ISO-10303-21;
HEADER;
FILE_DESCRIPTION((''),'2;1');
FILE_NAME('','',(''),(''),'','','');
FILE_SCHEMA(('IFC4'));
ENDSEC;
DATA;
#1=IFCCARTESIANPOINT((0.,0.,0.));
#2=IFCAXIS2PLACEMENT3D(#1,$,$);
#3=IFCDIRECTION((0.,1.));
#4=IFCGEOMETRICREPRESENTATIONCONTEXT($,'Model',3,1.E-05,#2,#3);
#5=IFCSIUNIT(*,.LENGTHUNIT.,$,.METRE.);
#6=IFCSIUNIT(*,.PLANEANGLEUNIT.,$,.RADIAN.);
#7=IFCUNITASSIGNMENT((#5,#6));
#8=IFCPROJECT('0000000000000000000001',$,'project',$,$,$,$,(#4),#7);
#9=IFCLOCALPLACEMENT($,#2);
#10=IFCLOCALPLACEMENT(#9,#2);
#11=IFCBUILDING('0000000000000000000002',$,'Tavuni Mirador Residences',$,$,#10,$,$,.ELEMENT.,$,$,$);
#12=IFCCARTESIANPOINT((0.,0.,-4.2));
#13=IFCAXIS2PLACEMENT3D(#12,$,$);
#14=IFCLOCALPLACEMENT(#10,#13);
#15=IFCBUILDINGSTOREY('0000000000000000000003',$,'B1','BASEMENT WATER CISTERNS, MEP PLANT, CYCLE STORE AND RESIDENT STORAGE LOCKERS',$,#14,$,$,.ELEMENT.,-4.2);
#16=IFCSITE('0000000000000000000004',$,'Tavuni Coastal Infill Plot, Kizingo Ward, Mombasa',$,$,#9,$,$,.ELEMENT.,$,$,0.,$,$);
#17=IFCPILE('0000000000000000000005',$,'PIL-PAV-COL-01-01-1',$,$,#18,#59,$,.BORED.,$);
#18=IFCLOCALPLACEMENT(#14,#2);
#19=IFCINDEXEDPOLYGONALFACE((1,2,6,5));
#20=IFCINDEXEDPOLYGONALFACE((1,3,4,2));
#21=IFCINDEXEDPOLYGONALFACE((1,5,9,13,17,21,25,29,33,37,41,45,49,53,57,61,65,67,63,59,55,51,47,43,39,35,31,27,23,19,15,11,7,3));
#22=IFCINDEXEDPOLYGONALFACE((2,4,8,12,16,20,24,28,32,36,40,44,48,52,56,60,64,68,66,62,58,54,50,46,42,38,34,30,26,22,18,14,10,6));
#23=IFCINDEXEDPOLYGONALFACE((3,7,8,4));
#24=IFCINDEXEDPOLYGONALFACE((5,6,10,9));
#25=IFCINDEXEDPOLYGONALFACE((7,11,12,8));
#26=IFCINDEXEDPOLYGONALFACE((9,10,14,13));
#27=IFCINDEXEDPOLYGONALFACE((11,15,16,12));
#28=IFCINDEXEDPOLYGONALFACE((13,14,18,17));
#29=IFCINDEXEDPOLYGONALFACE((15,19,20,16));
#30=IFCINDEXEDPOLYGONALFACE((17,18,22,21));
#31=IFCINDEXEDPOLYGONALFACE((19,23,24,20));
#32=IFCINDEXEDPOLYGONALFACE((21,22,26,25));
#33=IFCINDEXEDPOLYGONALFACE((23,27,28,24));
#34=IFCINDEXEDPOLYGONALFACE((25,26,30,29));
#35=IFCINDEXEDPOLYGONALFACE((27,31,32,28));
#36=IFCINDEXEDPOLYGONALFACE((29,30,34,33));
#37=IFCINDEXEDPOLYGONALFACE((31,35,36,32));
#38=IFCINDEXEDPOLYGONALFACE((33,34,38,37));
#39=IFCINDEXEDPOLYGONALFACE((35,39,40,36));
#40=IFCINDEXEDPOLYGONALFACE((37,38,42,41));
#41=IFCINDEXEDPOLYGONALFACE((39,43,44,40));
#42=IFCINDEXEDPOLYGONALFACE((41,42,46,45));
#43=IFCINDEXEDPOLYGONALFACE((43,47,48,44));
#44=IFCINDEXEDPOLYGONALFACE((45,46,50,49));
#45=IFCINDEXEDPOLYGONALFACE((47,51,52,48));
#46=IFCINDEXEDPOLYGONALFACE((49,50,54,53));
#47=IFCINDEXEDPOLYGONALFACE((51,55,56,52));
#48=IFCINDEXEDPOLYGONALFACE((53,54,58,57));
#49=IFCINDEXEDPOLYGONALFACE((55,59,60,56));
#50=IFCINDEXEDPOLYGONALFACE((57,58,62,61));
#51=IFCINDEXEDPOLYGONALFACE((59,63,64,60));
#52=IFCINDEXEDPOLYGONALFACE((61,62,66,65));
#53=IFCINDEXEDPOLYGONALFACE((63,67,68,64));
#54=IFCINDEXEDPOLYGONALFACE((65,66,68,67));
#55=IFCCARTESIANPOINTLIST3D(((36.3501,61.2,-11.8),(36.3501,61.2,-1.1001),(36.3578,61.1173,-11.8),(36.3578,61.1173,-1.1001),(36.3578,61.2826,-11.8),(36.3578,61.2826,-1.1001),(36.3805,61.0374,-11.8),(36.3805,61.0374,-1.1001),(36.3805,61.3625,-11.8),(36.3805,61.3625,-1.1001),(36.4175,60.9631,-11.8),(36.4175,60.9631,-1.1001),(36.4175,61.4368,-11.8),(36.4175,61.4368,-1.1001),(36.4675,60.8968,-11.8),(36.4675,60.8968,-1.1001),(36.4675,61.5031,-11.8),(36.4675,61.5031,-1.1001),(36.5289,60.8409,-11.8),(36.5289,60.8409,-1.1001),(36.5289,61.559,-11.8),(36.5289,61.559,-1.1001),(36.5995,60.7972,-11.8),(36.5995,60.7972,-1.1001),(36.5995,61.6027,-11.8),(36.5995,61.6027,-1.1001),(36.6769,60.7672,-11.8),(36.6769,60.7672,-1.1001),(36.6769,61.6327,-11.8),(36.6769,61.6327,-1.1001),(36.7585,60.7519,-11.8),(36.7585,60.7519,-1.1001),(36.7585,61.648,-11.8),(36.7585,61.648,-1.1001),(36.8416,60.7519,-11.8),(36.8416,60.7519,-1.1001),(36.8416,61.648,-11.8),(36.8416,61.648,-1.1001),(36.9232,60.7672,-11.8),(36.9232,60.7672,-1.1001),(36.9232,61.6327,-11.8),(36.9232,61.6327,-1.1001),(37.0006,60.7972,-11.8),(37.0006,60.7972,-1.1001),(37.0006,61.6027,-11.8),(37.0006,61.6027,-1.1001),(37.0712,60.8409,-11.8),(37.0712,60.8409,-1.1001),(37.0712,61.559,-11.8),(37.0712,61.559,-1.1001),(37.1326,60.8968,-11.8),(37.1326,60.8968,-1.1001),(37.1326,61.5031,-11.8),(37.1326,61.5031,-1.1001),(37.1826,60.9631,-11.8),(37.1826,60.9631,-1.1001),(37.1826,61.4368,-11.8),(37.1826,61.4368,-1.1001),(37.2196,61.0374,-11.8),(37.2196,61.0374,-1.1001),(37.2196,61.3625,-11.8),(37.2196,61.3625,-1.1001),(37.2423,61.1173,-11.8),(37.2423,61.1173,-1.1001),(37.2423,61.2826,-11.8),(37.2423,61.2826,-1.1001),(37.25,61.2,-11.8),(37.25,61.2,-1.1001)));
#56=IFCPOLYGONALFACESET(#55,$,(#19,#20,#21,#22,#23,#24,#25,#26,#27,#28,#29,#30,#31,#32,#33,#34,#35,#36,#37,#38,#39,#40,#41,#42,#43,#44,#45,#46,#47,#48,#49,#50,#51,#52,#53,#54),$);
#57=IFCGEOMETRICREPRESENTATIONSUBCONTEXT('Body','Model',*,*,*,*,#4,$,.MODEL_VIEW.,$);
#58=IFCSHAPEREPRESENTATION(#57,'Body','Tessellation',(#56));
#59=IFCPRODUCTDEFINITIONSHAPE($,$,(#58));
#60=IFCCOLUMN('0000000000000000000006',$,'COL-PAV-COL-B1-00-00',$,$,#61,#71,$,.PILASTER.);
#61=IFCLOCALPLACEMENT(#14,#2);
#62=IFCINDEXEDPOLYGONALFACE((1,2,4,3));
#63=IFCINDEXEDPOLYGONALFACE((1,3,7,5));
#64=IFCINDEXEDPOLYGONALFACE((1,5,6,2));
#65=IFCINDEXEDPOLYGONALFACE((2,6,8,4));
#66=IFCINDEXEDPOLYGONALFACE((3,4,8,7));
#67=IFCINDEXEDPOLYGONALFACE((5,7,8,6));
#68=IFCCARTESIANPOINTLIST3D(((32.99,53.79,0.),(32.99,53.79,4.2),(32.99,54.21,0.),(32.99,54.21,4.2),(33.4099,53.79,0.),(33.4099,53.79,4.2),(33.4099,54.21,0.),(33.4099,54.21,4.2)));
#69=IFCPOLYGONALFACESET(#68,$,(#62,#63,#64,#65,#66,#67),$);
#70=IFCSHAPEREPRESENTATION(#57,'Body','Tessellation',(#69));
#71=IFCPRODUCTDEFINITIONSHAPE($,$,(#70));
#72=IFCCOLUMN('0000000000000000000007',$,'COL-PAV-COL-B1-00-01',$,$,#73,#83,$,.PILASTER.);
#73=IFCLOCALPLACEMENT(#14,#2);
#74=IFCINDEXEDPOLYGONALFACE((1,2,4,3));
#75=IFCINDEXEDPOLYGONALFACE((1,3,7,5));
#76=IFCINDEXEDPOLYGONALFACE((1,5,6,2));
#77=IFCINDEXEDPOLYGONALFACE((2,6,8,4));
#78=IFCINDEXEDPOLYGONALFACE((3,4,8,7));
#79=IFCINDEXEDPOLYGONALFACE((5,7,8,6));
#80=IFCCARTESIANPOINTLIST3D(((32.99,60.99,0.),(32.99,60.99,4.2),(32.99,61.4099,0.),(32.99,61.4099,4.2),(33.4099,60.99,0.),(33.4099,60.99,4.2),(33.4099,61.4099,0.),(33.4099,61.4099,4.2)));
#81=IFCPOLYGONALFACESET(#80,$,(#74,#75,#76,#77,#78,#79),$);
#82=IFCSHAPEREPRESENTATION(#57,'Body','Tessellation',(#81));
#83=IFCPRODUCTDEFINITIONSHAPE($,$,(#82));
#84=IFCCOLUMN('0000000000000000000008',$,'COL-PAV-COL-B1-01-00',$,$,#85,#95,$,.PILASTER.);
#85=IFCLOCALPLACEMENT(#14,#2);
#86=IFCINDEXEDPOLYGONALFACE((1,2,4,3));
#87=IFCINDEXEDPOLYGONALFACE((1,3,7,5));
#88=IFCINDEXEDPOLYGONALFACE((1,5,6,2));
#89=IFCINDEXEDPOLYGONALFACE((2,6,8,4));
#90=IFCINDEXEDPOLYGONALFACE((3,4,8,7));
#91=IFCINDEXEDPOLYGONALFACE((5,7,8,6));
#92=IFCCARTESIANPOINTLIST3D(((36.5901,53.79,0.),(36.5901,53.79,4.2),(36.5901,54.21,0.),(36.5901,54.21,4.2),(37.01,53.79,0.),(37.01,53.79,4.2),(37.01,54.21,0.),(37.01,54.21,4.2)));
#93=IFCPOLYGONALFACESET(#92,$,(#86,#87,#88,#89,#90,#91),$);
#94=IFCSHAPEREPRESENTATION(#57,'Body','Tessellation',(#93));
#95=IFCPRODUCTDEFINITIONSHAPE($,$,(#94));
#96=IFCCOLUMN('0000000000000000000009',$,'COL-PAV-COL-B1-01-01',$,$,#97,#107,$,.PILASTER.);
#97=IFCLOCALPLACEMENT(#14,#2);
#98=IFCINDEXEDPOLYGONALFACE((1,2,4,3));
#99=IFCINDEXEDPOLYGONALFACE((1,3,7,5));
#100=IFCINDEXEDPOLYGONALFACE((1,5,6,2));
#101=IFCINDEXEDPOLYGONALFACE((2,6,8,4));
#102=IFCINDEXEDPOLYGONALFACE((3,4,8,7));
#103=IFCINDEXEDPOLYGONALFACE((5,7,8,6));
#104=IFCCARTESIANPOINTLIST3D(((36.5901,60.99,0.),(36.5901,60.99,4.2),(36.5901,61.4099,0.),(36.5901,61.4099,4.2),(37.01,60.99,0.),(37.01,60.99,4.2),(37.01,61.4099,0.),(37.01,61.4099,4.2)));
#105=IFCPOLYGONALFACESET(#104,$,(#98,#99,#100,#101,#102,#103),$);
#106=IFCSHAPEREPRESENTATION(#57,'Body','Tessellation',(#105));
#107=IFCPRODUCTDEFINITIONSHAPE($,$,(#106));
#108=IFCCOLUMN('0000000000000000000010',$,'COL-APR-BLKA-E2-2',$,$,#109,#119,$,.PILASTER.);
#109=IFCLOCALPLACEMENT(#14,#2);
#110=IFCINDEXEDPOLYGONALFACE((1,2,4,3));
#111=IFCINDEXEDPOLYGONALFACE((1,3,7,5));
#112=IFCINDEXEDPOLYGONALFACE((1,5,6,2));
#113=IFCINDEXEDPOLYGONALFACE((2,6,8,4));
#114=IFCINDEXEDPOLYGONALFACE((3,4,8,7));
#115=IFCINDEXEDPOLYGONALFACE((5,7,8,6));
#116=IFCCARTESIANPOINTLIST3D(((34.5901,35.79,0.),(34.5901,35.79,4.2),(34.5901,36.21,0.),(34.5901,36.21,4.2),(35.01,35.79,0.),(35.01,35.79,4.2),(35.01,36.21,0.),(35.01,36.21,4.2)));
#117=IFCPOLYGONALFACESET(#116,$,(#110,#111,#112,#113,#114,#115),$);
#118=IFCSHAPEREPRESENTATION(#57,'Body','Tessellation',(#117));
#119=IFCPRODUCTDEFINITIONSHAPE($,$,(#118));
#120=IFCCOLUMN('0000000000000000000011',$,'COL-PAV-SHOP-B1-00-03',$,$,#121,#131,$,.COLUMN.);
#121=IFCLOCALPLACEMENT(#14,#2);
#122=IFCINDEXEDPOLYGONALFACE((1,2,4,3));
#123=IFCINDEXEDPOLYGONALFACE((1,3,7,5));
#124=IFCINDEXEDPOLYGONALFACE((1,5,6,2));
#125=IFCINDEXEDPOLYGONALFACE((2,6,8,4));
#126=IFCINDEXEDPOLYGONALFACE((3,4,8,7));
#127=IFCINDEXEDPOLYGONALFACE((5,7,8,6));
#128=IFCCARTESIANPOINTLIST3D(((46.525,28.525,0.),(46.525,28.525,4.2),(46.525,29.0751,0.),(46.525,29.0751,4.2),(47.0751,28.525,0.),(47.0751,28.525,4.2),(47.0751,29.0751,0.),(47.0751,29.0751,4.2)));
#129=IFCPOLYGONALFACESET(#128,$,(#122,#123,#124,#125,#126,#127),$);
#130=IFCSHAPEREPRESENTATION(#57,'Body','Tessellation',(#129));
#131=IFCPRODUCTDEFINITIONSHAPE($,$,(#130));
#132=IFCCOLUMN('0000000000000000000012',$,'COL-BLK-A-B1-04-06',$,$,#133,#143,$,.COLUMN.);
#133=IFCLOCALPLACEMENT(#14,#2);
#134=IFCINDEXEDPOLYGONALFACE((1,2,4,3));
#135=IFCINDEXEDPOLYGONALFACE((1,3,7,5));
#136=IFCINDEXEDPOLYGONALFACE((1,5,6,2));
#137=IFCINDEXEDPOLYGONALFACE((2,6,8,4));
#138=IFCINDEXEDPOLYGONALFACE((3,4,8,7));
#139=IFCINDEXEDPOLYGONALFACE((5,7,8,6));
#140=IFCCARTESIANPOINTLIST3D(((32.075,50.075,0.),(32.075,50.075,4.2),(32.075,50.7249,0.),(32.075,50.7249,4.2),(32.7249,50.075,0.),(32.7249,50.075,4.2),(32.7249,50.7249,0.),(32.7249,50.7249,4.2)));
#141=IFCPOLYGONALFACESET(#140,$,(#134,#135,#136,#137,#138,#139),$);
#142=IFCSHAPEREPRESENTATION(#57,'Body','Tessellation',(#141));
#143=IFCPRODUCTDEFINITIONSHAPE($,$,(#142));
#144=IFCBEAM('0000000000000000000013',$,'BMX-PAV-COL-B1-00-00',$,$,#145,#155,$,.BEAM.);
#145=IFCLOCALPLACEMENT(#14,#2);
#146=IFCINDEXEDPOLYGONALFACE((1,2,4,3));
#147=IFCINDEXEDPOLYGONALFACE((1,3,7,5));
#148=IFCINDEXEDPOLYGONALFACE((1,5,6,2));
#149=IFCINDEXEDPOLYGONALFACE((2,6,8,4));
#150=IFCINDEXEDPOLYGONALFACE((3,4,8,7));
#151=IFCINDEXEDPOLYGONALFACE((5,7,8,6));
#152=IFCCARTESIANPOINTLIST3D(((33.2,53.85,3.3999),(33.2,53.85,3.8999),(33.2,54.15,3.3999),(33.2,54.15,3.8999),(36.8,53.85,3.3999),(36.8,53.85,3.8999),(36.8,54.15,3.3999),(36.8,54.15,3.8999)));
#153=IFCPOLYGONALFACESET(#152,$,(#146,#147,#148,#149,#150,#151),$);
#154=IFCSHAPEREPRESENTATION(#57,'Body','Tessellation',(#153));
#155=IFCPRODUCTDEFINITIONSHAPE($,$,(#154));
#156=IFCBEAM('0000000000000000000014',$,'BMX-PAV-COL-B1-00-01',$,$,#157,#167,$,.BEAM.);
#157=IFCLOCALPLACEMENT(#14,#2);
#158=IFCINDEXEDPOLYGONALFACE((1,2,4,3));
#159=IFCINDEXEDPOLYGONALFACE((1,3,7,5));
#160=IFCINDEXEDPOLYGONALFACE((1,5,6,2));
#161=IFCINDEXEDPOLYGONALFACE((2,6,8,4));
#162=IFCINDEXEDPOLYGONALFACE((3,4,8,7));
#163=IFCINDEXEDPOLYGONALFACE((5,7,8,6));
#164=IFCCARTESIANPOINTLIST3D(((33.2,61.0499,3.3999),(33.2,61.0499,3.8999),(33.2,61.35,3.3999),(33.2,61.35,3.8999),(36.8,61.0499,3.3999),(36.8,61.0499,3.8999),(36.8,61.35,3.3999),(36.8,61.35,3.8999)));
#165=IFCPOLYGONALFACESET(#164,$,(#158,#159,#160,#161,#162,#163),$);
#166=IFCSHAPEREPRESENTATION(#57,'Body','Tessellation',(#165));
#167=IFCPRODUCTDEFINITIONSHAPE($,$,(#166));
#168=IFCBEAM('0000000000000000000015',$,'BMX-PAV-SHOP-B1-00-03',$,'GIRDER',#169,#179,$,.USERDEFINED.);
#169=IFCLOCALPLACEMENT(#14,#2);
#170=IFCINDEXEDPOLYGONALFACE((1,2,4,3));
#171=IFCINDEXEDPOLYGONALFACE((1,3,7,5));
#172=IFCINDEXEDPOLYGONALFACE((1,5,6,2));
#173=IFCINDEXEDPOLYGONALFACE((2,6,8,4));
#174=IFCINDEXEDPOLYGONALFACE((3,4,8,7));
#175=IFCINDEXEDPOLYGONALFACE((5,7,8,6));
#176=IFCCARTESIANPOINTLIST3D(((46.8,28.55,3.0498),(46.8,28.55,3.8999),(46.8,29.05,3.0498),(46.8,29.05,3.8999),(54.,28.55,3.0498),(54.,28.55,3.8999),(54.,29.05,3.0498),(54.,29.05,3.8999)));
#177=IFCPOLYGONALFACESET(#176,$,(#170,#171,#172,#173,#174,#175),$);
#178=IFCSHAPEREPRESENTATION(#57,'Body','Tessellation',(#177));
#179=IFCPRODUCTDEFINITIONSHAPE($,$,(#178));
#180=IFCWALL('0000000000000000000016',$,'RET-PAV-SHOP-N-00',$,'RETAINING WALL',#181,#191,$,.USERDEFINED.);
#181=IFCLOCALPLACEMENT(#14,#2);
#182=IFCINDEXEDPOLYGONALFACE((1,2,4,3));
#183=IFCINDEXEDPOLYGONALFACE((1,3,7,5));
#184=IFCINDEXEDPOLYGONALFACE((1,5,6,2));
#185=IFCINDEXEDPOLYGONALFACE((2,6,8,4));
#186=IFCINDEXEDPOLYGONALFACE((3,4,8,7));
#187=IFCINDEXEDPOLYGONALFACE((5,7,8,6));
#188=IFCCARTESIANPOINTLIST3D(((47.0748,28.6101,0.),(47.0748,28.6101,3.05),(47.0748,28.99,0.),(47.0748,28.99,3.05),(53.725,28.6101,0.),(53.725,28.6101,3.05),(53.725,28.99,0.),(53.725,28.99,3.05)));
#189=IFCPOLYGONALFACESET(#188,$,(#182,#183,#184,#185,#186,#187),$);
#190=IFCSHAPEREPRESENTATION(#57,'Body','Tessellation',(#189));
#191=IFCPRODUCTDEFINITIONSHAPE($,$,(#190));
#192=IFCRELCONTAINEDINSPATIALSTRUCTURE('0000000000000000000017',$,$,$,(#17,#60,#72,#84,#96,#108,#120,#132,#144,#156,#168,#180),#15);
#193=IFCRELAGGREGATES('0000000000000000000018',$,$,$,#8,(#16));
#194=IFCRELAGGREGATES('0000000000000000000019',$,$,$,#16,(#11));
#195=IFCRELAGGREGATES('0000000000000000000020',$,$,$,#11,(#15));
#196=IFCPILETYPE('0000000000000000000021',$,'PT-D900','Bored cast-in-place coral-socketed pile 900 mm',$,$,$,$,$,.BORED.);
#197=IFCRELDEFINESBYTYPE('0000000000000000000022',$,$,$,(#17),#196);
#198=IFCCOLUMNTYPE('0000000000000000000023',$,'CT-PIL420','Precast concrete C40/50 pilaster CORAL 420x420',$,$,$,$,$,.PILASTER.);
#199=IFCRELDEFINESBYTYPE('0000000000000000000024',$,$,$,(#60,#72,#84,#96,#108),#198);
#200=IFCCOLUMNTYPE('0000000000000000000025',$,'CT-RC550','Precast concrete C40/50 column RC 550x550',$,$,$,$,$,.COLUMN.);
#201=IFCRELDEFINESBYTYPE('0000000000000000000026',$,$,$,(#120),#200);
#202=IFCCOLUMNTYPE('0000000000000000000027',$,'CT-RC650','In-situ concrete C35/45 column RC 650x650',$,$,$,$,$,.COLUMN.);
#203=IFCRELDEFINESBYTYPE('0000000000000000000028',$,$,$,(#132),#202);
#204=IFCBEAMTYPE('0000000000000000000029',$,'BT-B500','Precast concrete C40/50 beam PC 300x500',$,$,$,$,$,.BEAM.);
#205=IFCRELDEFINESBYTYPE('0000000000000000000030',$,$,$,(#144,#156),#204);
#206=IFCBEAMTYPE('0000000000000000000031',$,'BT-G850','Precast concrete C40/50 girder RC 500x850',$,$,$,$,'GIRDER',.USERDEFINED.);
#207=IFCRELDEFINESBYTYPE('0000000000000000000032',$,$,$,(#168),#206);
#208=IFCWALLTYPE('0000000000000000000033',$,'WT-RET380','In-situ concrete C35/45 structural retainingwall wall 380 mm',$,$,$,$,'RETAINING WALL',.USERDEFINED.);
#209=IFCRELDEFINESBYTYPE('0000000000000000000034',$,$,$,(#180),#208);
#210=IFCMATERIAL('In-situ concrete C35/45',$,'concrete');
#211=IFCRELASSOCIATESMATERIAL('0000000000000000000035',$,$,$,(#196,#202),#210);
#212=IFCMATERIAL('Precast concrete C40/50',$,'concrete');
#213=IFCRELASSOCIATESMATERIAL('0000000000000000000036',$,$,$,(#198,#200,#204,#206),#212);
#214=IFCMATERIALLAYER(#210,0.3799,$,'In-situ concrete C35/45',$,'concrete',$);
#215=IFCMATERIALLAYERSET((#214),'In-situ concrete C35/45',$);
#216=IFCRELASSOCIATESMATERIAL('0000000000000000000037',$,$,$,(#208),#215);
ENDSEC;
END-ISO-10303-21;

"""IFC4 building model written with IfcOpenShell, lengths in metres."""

from ifc_helpers import new_model, si_unit, direction, frame, frame_2d, origin, origin_2d, place, context, subcontext, project, spatial, rectangle, circle, extrude, material, layer, layer_set, material_profile, profile_set, type_object, element, save


model = new_model("IFC4")

# Units and contexts
model_context = context("Model", 3, precision=1e-05, world=origin(), true_north=direction((0.0, 1.0)))
body_context = subcontext(model_context, "Body", "Model", "MODEL_VIEW")
ifc_project = project(units=[si_unit("LENGTHUNIT", "METRE"), si_unit("PLANEANGLEUNIT", "RADIAN")], contexts=[model_context])

# Site, building, storey
site_placement = place(None, origin())
site = spatial("IfcSite", under=ifc_project, at=site_placement, Name="Tavuni Coastal Infill Plot, Kizingo Ward, Mombasa", CompositionType="ELEMENT", RefElevation=0.0)
building_placement = place(site_placement, origin())
building = spatial("IfcBuilding", under=site, at=building_placement, Name="Tavuni Mirador Residences", CompositionType="ELEMENT")
storey_placement = place(building_placement, frame((0.0, 0.0, -4.2)))
storey = spatial("IfcBuildingStorey", under=building, at=storey_placement, Name="B1", Description="BASEMENT WATER CISTERNS, MEP PLANT, CYCLE STORE AND RESIDENT STORAGE LOCKERS", CompositionType="ELEMENT", Elevation=-4.2)

# Shared definitions
ifc_material_1 = material(Name="In-situ concrete C35/45", Category="concrete")

# Pile
ifc_material_profile_1 = material_profile(ifc_material_1, circle(Radius=0.45, at=origin_2d()), Name="PILE D900", Category="concrete")
ifc_profile_set_1 = profile_set([ifc_material_profile_1], Name="In-situ concrete C35/45")
pile_type_1 = type_object("IfcPileType", Name="PT-D900", Description="Bored cast-in-place coral-socketed pile 900 mm", PredefinedType="BORED", material=ifc_profile_set_1)
pile_1_placement = place(storey_placement, frame((36.8, 61.2, -1.1001), z_axis=(0.0, 0.0, -1.0), x_axis=(1.0, 0.0, 0.0)))
element("IfcPile", 1, at=pile_1_placement, inside=storey, type_object=pile_type_1, Name="PIL-PAV-COL-01-01-1", PredefinedType="BORED", context=body_context, shape_type="SweptSolid", body=[
    extrude(circle(Radius=0.45, at=origin_2d()), origin(), (0.0, 0.0, 1.0), 10.7),
])

# Columns
ifc_material_2 = material(Name="Precast concrete C40/50", Category="concrete")
ifc_material_profile_2 = material_profile(ifc_material_2, rectangle(XDim=0.4199, YDim=0.4199, at=origin_2d()), Name="CORAL 420x420", Category="concrete")
ifc_profile_set_2 = profile_set([ifc_material_profile_2], Name="Precast concrete C40/50")
column_type_1 = type_object("IfcColumnType", Name="CT-PIL420", Description="Precast concrete C40/50 pilaster CORAL 420x420", PredefinedType="PILASTER", material=ifc_profile_set_2)
for number, where, z_axis, x_axis, name in (
    (2, (33.2, 54.0, 0.0), (0.0, 0.0, 1.0), (1.0, 0.0, 0.0), "COL-PAV-COL-B1-00-00"),
    (3, (33.2, 61.2, 0.0), (0.0, 0.0, 1.0), (1.0, 0.0, 0.0), "COL-PAV-COL-B1-00-01"),
    (4, (36.8, 54.0, 0.0), (0.0, 0.0, 1.0), (1.0, 0.0, 0.0), "COL-PAV-COL-B1-01-00"),
    (5, (36.8, 61.2, 0.0), (0.0, 0.0, 1.0), (1.0, 0.0, 0.0), "COL-PAV-COL-B1-01-01"),
    (6, (34.8, 36.0, 0.0), (0.0, 0.0, 1.0), (1.0, 0.0, 0.0), "COL-APR-BLKA-E2-2"),
):
    element("IfcColumn", number, at=place(storey_placement, frame(where, z_axis=z_axis, x_axis=x_axis)), inside=storey, type_object=column_type_1, Name=name, PredefinedType="PILASTER", context=body_context, shape_type="SweptSolid", body=[
        extrude(rectangle(XDim=0.4199, YDim=0.4199, at=origin_2d()), origin(), (0.0, 0.0, 1.0), 4.2),
    ])
ifc_material_profile_3 = material_profile(ifc_material_2, rectangle(XDim=0.55, YDim=0.55, at=origin_2d()), Name="RC 550x550", Category="concrete")
ifc_profile_set_3 = profile_set([ifc_material_profile_3], Name="Precast concrete C40/50")
column_type_2 = type_object("IfcColumnType", Name="CT-RC550", Description="Precast concrete C40/50 column RC 550x550", PredefinedType="COLUMN", material=ifc_profile_set_3)
column_1_placement = place(storey_placement, frame((46.8, 28.8, 0.0), z_axis=(0.0, 0.0, 1.0), x_axis=(1.0, 0.0, 0.0)))
element("IfcColumn", 7, at=column_1_placement, inside=storey, type_object=column_type_2, Name="COL-PAV-SHOP-B1-00-03", PredefinedType="COLUMN", context=body_context, shape_type="SweptSolid", body=[
    extrude(rectangle(XDim=0.55, YDim=0.55, at=origin_2d()), origin(), (0.0, 0.0, 1.0), 4.2),
])
ifc_material_profile_4 = material_profile(ifc_material_1, rectangle(XDim=0.6499, YDim=0.6499, at=origin_2d()), Name="RC 650x650", Category="concrete")
ifc_profile_set_4 = profile_set([ifc_material_profile_4], Name="In-situ concrete C35/45")
column_type_3 = type_object("IfcColumnType", Name="CT-RC650", Description="In-situ concrete C35/45 column RC 650x650", PredefinedType="COLUMN", material=ifc_profile_set_4)
column_2_placement = place(storey_placement, frame((32.3999, 50.3999, 0.0), z_axis=(0.0, 0.0, 1.0), x_axis=(1.0, 0.0, 0.0)))
element("IfcColumn", 8, at=column_2_placement, inside=storey, type_object=column_type_3, Name="COL-BLK-A-B1-04-06", PredefinedType="COLUMN", context=body_context, shape_type="SweptSolid", body=[
    extrude(rectangle(XDim=0.6499, YDim=0.6499, at=origin_2d()), origin(), (0.0, 0.0, 1.0), 4.2),
])

# Beams
ifc_material_profile_5 = material_profile(ifc_material_2, rectangle(XDim=0.3, YDim=0.5, at=origin_2d()), Name="PC 300x500", Category="concrete")
ifc_profile_set_5 = profile_set([ifc_material_profile_5], Name="Precast concrete C40/50")
beam_type_1 = type_object("IfcBeamType", Name="BT-B500", Description="Precast concrete C40/50 beam PC 300x500", PredefinedType="BEAM", material=ifc_profile_set_5)
for number, where, z_axis, x_axis, name in (
    (9, (33.2, 54.0, 3.6499), (1.0, 0.0, 0.0), (0.0, 1.0, 0.0), "BMX-PAV-COL-B1-00-00"),
    (10, (33.2, 61.2, 3.6499), (1.0, 0.0, 0.0), (0.0, 1.0, 0.0), "BMX-PAV-COL-B1-00-01"),
):
    element("IfcBeam", number, at=place(storey_placement, frame(where, z_axis=z_axis, x_axis=x_axis)), inside=storey, type_object=beam_type_1, Name=name, PredefinedType="BEAM", context=body_context, shape_type="SweptSolid", body=[
        extrude(rectangle(XDim=0.3, YDim=0.5, at=origin_2d()), origin(), (0.0, 0.0, 1.0), 3.6001),
    ])
ifc_material_profile_6 = material_profile(ifc_material_2, rectangle(XDim=0.5, YDim=0.8501, at=origin_2d()), Name="RC 500x850", Category="concrete")
ifc_profile_set_6 = profile_set([ifc_material_profile_6], Name="Precast concrete C40/50")
beam_type_2 = type_object("IfcBeamType", Name="BT-G850", Description="Precast concrete C40/50 girder RC 500x850", ElementType="GIRDER", PredefinedType="USERDEFINED", material=ifc_profile_set_6)
beam_placement = place(storey_placement, frame((46.8, 28.8, 3.4749), z_axis=(1.0, 0.0, 0.0), x_axis=(0.0, 1.0, 0.0)))
element("IfcBeam", 11, at=beam_placement, inside=storey, type_object=beam_type_2, Name="BMX-PAV-SHOP-B1-00-03", ObjectType="GIRDER", PredefinedType="USERDEFINED", context=body_context, shape_type="SweptSolid", body=[
    extrude(rectangle(XDim=0.5, YDim=0.8501, at=origin_2d()), origin(), (0.0, 0.0, 1.0), 7.2),
])

# Wall
ifc_layer_1 = layer(ifc_material_1, 0.3799, Name="In-situ concrete C35/45", Category="concrete")
ifc_layer_set_1 = layer_set([ifc_layer_1], Name="In-situ concrete C35/45")
wall_type_1 = type_object("IfcWallType", Name="WT-RET380", Description="In-situ concrete C35/45 structural retainingwall wall 380 mm", ElementType="RETAINING WALL", PredefinedType="USERDEFINED", material=ifc_layer_set_1)
wall_1_placement = place(storey_placement, frame((53.7251, 28.8, 0.0), z_axis=(0.0, 0.0, 1.0), x_axis=(-1.0, 0.0, 0.0)))
element("IfcWall", 12, at=wall_1_placement, inside=storey, type_object=wall_type_1, Name="RET-PAV-SHOP-N-00", ObjectType="RETAINING WALL", PredefinedType="USERDEFINED", context=body_context, shape_type="SweptSolid", body=[
    extrude(rectangle(XDim=6.6501, YDim=0.3799, at=frame_2d((3.3252, 0.0))), origin(), (0.0, 0.0, 1.0), 3.05),
])

save(model, "model.ifc")
